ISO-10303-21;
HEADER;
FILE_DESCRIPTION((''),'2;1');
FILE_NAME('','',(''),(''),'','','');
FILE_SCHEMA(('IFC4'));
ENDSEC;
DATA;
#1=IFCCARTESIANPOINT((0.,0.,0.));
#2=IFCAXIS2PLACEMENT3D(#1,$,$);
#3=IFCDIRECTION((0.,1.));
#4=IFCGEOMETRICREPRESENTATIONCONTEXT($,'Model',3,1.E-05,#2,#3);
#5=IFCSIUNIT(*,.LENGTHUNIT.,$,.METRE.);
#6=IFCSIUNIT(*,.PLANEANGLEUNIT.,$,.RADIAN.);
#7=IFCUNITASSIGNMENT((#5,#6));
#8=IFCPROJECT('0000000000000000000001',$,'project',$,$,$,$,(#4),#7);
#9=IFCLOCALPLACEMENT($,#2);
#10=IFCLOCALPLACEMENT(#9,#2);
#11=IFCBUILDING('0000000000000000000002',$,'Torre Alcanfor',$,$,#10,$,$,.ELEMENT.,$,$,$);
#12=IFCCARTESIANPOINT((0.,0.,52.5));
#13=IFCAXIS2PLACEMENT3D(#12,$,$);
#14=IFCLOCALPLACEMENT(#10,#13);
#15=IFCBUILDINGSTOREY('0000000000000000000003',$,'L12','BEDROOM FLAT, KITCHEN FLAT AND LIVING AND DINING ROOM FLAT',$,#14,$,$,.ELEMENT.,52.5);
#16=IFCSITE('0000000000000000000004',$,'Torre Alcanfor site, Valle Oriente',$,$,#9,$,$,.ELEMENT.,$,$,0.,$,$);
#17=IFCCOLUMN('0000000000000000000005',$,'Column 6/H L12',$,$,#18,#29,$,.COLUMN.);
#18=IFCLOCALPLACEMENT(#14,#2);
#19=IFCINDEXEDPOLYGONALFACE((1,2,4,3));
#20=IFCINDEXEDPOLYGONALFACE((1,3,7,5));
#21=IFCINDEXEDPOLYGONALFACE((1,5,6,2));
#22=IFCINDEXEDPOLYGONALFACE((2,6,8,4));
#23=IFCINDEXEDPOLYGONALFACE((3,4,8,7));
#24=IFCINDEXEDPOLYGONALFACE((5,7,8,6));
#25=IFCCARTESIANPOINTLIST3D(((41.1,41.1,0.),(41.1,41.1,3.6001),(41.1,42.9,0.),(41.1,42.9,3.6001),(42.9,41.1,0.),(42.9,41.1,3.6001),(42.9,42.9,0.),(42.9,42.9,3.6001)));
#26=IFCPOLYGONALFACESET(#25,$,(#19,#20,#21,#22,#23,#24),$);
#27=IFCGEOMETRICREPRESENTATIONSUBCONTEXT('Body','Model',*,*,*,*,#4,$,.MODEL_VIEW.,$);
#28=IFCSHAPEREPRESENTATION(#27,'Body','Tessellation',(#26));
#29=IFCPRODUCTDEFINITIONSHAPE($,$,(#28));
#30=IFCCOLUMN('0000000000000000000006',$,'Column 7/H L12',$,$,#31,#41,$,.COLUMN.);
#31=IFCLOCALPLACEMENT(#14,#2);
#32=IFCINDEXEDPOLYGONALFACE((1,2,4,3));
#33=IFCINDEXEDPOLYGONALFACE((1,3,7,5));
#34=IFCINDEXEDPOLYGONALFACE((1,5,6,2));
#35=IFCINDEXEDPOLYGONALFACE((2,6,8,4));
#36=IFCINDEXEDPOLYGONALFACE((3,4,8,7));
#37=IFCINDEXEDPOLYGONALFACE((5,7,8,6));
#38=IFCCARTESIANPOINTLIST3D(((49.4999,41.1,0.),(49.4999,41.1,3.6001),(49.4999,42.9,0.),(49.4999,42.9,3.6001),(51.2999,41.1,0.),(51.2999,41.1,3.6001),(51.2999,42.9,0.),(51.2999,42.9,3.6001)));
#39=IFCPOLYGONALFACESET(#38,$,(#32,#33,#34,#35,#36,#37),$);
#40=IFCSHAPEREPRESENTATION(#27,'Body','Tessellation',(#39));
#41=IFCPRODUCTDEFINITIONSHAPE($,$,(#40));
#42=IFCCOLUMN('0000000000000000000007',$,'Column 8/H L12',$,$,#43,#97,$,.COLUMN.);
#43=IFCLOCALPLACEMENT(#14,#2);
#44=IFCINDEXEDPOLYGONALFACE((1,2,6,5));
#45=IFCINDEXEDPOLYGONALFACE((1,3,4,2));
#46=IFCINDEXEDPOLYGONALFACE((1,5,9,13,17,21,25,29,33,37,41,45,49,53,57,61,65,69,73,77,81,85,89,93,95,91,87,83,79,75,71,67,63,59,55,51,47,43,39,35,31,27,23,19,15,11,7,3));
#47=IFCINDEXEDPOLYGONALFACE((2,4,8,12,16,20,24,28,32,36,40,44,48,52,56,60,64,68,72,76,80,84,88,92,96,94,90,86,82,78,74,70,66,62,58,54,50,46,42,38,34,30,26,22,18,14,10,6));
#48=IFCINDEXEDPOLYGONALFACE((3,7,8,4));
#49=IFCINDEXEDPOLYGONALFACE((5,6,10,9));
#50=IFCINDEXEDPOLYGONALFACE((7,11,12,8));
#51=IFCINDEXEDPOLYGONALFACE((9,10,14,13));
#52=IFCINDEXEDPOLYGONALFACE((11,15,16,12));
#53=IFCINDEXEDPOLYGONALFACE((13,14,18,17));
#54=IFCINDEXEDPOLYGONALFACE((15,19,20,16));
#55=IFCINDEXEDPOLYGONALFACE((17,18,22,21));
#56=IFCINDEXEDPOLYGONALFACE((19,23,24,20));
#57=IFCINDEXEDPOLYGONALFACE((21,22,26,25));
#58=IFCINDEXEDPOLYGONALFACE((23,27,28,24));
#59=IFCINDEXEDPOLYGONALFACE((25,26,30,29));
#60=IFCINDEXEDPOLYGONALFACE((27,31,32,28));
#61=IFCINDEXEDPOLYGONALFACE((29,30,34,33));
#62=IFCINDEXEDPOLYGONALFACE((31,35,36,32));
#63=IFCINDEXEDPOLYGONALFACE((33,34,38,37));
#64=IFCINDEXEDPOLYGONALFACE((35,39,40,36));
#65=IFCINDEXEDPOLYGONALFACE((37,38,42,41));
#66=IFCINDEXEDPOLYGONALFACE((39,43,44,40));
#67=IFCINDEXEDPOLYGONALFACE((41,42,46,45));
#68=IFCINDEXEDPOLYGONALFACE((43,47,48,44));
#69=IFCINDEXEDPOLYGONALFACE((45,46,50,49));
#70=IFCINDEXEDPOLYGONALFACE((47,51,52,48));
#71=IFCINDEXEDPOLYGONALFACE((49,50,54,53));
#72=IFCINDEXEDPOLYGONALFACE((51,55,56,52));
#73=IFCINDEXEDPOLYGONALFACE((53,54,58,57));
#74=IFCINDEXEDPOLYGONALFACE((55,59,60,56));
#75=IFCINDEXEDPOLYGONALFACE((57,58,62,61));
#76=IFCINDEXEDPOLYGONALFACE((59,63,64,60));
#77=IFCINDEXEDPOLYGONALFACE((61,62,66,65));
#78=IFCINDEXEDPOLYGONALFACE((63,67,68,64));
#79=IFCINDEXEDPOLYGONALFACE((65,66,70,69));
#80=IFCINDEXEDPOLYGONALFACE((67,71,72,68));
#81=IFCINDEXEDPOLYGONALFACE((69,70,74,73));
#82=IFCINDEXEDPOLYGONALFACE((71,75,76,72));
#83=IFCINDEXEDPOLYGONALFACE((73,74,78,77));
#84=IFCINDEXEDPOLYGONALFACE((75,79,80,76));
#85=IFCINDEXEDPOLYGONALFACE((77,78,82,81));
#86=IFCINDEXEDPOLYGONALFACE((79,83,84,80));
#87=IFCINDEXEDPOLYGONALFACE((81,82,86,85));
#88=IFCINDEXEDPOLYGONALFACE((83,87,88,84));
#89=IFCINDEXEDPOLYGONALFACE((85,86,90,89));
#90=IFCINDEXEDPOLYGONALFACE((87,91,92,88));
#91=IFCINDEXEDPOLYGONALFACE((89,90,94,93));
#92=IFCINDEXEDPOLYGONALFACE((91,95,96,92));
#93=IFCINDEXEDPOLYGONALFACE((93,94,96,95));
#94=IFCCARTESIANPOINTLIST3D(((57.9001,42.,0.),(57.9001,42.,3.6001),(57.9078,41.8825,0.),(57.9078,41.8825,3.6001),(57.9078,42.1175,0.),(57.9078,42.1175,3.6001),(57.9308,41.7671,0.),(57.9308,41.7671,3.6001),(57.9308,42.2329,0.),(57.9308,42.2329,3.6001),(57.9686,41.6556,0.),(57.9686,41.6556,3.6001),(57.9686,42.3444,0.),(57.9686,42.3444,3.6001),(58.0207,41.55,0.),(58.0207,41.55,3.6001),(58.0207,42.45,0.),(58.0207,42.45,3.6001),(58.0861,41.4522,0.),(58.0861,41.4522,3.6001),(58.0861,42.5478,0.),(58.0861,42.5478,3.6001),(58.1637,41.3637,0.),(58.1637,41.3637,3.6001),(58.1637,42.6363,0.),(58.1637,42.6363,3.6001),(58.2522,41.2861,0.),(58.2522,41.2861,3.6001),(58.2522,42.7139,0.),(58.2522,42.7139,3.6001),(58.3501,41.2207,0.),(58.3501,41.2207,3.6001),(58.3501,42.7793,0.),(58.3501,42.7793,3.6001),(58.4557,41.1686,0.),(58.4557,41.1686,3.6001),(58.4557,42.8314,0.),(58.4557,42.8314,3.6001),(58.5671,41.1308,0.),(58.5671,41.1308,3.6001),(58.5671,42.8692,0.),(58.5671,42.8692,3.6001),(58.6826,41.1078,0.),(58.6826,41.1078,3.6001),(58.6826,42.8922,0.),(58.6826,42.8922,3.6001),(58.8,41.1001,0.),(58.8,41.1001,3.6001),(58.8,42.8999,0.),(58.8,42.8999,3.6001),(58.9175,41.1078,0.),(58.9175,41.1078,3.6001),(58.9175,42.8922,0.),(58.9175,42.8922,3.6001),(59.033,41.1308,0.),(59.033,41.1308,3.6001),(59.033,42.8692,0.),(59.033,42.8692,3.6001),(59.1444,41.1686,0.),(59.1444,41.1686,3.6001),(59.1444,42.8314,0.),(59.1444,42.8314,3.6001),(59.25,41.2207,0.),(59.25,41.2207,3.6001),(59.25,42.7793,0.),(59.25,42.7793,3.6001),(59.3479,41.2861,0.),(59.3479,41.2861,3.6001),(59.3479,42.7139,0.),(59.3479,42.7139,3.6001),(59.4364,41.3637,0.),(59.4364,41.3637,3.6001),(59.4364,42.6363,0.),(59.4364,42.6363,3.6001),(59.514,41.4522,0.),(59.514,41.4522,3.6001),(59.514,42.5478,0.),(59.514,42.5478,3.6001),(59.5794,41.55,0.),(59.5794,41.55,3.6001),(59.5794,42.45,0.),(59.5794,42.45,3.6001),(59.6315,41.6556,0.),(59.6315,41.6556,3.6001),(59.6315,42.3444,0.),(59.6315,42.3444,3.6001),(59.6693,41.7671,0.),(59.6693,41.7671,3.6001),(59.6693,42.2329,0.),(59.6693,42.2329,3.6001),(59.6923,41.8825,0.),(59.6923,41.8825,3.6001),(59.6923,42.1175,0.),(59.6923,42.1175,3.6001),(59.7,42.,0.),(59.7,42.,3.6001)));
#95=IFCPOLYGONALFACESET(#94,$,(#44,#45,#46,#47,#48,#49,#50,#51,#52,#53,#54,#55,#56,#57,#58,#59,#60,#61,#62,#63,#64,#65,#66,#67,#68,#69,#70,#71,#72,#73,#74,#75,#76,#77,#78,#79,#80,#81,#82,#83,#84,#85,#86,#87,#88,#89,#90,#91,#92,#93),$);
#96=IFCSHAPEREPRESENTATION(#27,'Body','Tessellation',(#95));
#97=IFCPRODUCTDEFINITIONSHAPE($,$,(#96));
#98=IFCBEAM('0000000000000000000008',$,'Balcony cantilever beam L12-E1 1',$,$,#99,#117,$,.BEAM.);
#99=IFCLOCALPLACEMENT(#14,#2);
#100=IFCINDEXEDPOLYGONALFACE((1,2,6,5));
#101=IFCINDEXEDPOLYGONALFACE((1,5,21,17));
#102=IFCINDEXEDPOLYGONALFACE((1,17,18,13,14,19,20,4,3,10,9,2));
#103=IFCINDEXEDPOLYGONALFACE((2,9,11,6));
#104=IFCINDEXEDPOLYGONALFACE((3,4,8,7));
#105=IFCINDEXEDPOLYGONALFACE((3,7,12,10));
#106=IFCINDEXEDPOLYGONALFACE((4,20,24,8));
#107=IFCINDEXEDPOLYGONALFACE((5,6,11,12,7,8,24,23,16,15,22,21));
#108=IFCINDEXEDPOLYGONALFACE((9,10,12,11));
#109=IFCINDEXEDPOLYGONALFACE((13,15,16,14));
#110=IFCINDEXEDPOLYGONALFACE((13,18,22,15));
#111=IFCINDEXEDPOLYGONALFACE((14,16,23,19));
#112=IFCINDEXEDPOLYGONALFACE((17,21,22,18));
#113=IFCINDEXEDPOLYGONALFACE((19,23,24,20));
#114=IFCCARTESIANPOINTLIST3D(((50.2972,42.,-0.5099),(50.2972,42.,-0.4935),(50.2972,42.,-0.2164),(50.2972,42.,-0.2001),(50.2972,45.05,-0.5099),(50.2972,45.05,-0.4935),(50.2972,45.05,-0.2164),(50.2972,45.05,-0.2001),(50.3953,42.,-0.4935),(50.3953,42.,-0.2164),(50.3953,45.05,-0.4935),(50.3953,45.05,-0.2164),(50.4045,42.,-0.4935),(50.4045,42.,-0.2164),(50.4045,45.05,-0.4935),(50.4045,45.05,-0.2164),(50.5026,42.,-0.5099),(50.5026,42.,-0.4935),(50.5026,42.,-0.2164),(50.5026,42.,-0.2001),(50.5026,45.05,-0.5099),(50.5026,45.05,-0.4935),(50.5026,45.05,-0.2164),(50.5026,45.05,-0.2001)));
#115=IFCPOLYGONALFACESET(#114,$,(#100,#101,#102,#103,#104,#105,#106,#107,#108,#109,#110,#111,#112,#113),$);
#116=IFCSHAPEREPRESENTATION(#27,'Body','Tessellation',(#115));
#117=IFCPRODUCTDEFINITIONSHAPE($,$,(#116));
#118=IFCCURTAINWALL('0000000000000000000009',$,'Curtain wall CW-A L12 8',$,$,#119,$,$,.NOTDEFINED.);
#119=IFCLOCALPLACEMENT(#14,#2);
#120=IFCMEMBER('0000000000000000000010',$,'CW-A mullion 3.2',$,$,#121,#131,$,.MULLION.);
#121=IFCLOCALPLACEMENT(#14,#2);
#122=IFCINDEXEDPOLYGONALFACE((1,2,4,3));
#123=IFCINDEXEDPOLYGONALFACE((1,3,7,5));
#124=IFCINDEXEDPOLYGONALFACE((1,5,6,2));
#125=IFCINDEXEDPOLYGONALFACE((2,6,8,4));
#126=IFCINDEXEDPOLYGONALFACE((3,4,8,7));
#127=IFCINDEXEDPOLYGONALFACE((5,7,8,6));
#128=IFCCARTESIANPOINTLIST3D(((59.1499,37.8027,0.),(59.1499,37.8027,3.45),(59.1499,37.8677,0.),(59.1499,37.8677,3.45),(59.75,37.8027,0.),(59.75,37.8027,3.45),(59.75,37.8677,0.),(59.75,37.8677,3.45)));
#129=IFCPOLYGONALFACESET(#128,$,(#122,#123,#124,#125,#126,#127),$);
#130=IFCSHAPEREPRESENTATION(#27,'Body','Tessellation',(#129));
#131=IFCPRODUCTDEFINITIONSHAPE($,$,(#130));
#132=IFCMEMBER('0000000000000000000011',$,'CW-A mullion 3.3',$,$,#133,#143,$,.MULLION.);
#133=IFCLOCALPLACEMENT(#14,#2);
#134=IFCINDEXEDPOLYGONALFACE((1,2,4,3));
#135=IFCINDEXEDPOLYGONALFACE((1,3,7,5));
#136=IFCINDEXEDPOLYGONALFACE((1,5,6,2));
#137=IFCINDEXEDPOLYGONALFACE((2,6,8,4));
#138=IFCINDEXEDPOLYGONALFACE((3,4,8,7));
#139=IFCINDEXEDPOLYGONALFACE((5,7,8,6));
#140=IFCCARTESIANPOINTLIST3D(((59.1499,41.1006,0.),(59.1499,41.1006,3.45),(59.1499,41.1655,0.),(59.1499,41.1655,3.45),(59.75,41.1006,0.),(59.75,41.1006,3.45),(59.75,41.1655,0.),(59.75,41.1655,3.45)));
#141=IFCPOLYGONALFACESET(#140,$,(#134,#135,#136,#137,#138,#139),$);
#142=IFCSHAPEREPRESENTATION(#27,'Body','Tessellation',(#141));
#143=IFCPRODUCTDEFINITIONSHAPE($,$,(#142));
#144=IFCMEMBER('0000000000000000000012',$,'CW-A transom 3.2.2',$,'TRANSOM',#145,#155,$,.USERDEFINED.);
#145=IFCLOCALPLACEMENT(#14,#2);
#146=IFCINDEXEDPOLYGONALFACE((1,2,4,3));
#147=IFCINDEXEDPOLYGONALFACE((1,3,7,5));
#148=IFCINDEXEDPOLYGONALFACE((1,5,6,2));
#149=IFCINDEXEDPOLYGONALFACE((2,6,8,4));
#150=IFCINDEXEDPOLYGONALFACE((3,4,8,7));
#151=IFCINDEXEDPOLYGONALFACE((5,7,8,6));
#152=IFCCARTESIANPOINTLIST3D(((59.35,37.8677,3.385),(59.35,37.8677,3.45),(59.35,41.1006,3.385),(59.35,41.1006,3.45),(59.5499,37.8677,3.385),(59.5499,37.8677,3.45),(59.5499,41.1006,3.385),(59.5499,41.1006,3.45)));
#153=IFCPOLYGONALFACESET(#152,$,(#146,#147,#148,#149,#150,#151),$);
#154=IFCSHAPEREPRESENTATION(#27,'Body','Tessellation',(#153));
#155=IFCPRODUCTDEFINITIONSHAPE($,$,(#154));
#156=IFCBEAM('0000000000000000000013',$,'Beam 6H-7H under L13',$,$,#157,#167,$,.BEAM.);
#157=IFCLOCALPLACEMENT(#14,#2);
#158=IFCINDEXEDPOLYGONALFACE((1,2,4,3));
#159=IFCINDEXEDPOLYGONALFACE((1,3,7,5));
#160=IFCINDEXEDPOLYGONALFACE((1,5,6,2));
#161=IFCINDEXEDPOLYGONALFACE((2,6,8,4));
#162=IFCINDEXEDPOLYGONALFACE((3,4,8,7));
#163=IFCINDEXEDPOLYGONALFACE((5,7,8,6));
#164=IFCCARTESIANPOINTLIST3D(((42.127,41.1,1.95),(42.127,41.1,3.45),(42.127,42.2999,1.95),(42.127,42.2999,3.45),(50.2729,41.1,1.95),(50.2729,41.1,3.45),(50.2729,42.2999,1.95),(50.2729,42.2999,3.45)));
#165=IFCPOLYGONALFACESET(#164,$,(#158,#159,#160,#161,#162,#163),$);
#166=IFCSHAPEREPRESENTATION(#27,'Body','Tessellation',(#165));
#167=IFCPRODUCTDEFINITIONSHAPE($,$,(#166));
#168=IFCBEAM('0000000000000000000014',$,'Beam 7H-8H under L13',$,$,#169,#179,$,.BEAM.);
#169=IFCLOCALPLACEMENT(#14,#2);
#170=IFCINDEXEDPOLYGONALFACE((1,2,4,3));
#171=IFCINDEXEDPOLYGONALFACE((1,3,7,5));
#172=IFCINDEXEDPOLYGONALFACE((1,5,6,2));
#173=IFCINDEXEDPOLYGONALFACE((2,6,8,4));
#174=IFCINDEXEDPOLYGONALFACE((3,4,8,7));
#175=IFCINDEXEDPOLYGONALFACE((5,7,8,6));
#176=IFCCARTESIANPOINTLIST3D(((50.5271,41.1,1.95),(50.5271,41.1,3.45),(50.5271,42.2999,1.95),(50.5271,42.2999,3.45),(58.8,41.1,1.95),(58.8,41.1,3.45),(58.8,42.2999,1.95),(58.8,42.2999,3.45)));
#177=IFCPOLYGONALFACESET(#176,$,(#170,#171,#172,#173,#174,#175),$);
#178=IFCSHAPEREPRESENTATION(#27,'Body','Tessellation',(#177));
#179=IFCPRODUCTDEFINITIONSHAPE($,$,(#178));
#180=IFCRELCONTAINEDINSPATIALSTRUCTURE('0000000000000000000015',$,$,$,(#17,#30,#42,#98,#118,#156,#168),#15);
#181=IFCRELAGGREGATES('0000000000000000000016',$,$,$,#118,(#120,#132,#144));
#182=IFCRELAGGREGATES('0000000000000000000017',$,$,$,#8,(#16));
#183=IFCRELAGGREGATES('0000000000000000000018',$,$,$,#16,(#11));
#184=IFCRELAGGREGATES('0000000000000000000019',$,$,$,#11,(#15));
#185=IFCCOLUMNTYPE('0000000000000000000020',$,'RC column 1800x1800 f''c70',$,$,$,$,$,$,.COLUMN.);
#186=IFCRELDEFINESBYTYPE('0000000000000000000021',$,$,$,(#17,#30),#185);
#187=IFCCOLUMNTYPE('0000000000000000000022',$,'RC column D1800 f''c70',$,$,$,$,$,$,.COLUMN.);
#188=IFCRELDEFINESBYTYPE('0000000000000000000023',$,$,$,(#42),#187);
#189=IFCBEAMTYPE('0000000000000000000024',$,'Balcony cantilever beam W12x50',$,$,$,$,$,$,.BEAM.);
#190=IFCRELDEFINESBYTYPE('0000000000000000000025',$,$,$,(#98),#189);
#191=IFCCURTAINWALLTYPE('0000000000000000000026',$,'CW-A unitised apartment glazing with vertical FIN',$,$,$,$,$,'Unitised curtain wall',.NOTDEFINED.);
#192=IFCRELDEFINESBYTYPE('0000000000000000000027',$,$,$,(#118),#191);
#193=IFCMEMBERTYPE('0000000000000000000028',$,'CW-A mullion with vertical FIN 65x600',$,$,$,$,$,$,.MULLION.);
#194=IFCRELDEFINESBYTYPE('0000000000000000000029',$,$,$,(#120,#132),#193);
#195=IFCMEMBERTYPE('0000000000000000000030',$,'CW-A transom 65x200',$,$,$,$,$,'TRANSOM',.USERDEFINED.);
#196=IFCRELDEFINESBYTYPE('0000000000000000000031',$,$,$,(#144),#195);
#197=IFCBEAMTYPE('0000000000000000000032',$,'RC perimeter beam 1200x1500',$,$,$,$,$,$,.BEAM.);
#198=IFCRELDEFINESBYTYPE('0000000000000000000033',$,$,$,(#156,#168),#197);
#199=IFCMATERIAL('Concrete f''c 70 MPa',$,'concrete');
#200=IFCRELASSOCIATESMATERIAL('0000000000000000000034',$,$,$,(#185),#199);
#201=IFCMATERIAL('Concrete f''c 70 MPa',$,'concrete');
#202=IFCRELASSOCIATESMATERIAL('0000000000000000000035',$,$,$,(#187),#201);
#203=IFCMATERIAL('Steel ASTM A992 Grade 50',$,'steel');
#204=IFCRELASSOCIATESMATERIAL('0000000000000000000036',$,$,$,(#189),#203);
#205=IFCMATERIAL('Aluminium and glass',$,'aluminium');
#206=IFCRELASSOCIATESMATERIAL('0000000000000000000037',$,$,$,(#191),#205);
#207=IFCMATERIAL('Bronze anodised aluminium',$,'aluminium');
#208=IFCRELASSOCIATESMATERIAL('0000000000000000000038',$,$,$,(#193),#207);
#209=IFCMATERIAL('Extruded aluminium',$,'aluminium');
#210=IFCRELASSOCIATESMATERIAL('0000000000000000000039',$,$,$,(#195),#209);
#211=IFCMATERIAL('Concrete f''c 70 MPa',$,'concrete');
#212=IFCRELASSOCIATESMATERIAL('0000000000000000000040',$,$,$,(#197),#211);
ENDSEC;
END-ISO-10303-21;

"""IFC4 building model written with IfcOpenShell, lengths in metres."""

from ifc_helpers import new_model, si_unit, direction, frame, origin, origin_2d, place, context, subcontext, project, spatial, rectangle, circle, i_section, extrude, material, material_profile, profile_set, type_object, element, aggregate, save


model = new_model("IFC4")

# Units and contexts
model_context = context("Model", 3, precision=1e-05, world=origin(), true_north=direction((0.0, 1.0)))
body_context = subcontext(model_context, "Body", "Model", "MODEL_VIEW")
ifc_project = project(units=[si_unit("LENGTHUNIT", "METRE"), si_unit("PLANEANGLEUNIT", "RADIAN")], contexts=[model_context])

# Site, building, storey
site_placement = place(None, origin())
site = spatial("IfcSite", under=ifc_project, at=site_placement, Name="Torre Alcanfor site, Valle Oriente", CompositionType="ELEMENT", RefElevation=0.0)
building_placement = place(site_placement, origin())
building = spatial("IfcBuilding", under=site, at=building_placement, Name="Torre Alcanfor", CompositionType="ELEMENT")
storey_placement = place(building_placement, frame((0.0, 0.0, 52.5)))
storey = spatial("IfcBuildingStorey", under=building, at=storey_placement, Name="L12", Description="BEDROOM FLAT, KITCHEN FLAT AND LIVING AND DINING ROOM FLAT", CompositionType="ELEMENT", Elevation=52.5)

# Columns
ifc_material_1 = material(Name="Concrete f'c 70 MPa", Category="concrete")
ifc_material_profile_1 = material_profile(ifc_material_1, rectangle(XDim=1.8, YDim=1.8, at=origin_2d()), Name="1800x1800")
ifc_profile_set_1 = profile_set([ifc_material_profile_1], Name="Concrete f'c 70 MPa")
column_type_1 = type_object("IfcColumnType", Name="RC column 1800x1800 f'c70", PredefinedType="COLUMN", material=ifc_profile_set_1)
for number, where, z_axis, x_axis, name in (
    (1, (42.0, 42.0, 0.0), (0.0, 0.0, 1.0), (1.0, 0.0, 0.0), "Column 6/H L12"),
    (2, (50.3999, 42.0, 0.0), (0.0, 0.0, 1.0), (1.0, 0.0, 0.0), "Column 7/H L12"),
):
    element("IfcColumn", number, at=place(storey_placement, frame(where, z_axis=z_axis, x_axis=x_axis)), inside=storey, type_object=column_type_1, Name=name, PredefinedType="COLUMN", context=body_context, shape_type="SweptSolid", body=[
        extrude(rectangle(XDim=1.8, YDim=1.8, at=origin_2d()), origin(), (0.0, 0.0, 1.0), 3.6001),
    ])
ifc_material_2 = material(Name="Concrete f'c 70 MPa", Category="concrete")
ifc_material_profile_2 = material_profile(ifc_material_2, circle(Radius=0.8999, at=origin_2d()), Name="D1800")
ifc_profile_set_2 = profile_set([ifc_material_profile_2], Name="Concrete f'c 70 MPa")
column_type_2 = type_object("IfcColumnType", Name="RC column D1800 f'c70", PredefinedType="COLUMN", material=ifc_profile_set_2)
column_placement = place(storey_placement, frame((58.8, 42.0, 0.0), z_axis=(0.0, 0.0, 1.0), x_axis=(1.0, 0.0, 0.0)))
element("IfcColumn", 3, at=column_placement, inside=storey, type_object=column_type_2, Name="Column 8/H L12", PredefinedType="COLUMN", context=body_context, shape_type="SweptSolid", body=[
    extrude(circle(Radius=0.8999, at=origin_2d()), origin(), (0.0, 0.0, 1.0), 3.6001),
])

# Beam
ifc_material_3 = material(Name="Steel ASTM A992 Grade 50", Category="steel")
ifc_material_profile_3 = material_profile(ifc_material_3, i_section(OverallWidth=0.2053, OverallDepth=0.3098, WebThickness=0.0093, FlangeThickness=0.0164, at=origin_2d()), Name="W12x50")
ifc_profile_set_3 = profile_set([ifc_material_profile_3], Name="Steel ASTM A992 Grade 50")
beam_type_1 = type_object("IfcBeamType", Name="Balcony cantilever beam W12x50", PredefinedType="BEAM", material=ifc_profile_set_3)
beam_1_placement = place(storey_placement, frame((50.3999, 42.0, -0.355), z_axis=(0.0, 1.0, 0.0), x_axis=(-1.0, 0.0, 0.0)))
element("IfcBeam", 4, at=beam_1_placement, inside=storey, type_object=beam_type_1, Name="Balcony cantilever beam L12-E1 1", PredefinedType="BEAM", context=body_context, shape_type="SweptSolid", body=[
    extrude(i_section(OverallWidth=0.2053, OverallDepth=0.3098, WebThickness=0.0093, FlangeThickness=0.0164, at=origin_2d()), origin(), (0.0, 0.0, 1.0), 3.05),
])

# Curtain wall, members
ifc_material_4 = material(Name="Aluminium and glass", Category="aluminium")
curtain_wall_type = type_object("IfcCurtainWallType", Name="CW-A unitised apartment glazing with vertical FIN", ElementType="Unitised curtain wall", PredefinedType="NOTDEFINED", material=ifc_material_4)
curtain_wall_placement = place(storey_placement, origin())
curtain_wall = element("IfcCurtainWall", 5, at=curtain_wall_placement, inside=storey, type_object=curtain_wall_type, Name="Curtain wall CW-A L12 8", PredefinedType="NOTDEFINED")
ifc_material_5 = material(Name="Bronze anodised aluminium", Category="aluminium")
ifc_material_profile_4 = material_profile(ifc_material_5, rectangle(XDim=0.6001, YDim=0.0649, at=origin_2d()), Name="CW-A mullion 65x600")
ifc_profile_set_4 = profile_set([ifc_material_profile_4], Name="Bronze anodised aluminium")
member_type_1 = type_object("IfcMemberType", Name="CW-A mullion with vertical FIN 65x600", PredefinedType="MULLION", material=ifc_profile_set_4)
member_1_placement = place(storey_placement, frame((59.45, 37.8352, 0.0), z_axis=(0.0, 0.0, 1.0), x_axis=(-1.0, 0.0, 0.0)))
member_1 = element("IfcMember", 6, at=member_1_placement, type_object=member_type_1, Name="CW-A mullion 3.2", PredefinedType="MULLION", context=body_context, shape_type="SweptSolid", body=[
    extrude(rectangle(XDim=0.6001, YDim=0.0649, at=origin_2d()), origin(), (0.0, 0.0, 1.0), 3.45),
])
member_2_placement = place(storey_placement, frame((59.45, 41.1331, 0.0), z_axis=(0.0, 0.0, 1.0), x_axis=(-1.0, 0.0, 0.0)))
member_2 = element("IfcMember", 7, at=member_2_placement, type_object=member_type_1, Name="CW-A mullion 3.3", PredefinedType="MULLION", context=body_context, shape_type="SweptSolid", body=[
    extrude(rectangle(XDim=0.6001, YDim=0.0649, at=origin_2d()), origin(), (0.0, 0.0, 1.0), 3.45),
])
ifc_material_6 = material(Name="Extruded aluminium", Category="aluminium")
ifc_material_profile_5 = material_profile(ifc_material_6, rectangle(XDim=0.2, YDim=0.0649, at=origin_2d()), Name="CW-A transom 200x65")
ifc_profile_set_5 = profile_set([ifc_material_profile_5], Name="Extruded aluminium")
member_type_2 = type_object("IfcMemberType", Name="CW-A transom 65x200", ElementType="TRANSOM", PredefinedType="USERDEFINED", material=ifc_profile_set_5)
member_3_placement = place(storey_placement, frame((59.45, 37.8677, 3.4175), z_axis=(0.0, 1.0, 0.0), x_axis=(-1.0, 0.0, 0.0)))
member_3 = element("IfcMember", 8, at=member_3_placement, type_object=member_type_2, Name="CW-A transom 3.2.2", ObjectType="TRANSOM", PredefinedType="USERDEFINED", context=body_context, shape_type="SweptSolid", body=[
    extrude(rectangle(XDim=0.2, YDim=0.0649, at=origin_2d()), origin(), (0.0, 0.0, 1.0), 3.2329),
])

# Beams
ifc_material_7 = material(Name="Concrete f'c 70 MPa", Category="concrete")
ifc_material_profile_6 = material_profile(ifc_material_7, rectangle(XDim=1.2, YDim=1.5, at=origin_2d()), Name="1200x1500")
ifc_profile_set_6 = profile_set([ifc_material_profile_6], Name="Concrete f'c 70 MPa")
beam_type_2 = type_object("IfcBeamType", Name="RC perimeter beam 1200x1500", PredefinedType="BEAM", material=ifc_profile_set_6)
beam_2_placement = place(storey_placement, frame((42.127, 41.7, 2.7), z_axis=(1.0, 0.0, 0.0), x_axis=(0.0, 1.0, 0.0)))
element("IfcBeam", 9, at=beam_2_placement, inside=storey, type_object=beam_type_2, Name="Beam 6H-7H under L13", PredefinedType="BEAM", context=body_context, shape_type="SweptSolid", body=[
    extrude(rectangle(XDim=1.2, YDim=1.5, at=origin_2d()), origin(), (0.0, 0.0, 1.0), 8.146),
])
beam_3_placement = place(storey_placement, frame((50.5271, 41.7, 2.7), z_axis=(1.0, 0.0, 0.0), x_axis=(0.0, 1.0, 0.0)))
element("IfcBeam", 10, at=beam_3_placement, inside=storey, type_object=beam_type_2, Name="Beam 7H-8H under L13", PredefinedType="BEAM", context=body_context, shape_type="SweptSolid", body=[
    extrude(rectangle(XDim=1.2, YDim=1.5, at=origin_2d()), origin(), (0.0, 0.0, 1.0), 8.2729),
])

aggregate(curtain_wall, [member_1, member_2, member_3])

save(model, "model.ifc")
